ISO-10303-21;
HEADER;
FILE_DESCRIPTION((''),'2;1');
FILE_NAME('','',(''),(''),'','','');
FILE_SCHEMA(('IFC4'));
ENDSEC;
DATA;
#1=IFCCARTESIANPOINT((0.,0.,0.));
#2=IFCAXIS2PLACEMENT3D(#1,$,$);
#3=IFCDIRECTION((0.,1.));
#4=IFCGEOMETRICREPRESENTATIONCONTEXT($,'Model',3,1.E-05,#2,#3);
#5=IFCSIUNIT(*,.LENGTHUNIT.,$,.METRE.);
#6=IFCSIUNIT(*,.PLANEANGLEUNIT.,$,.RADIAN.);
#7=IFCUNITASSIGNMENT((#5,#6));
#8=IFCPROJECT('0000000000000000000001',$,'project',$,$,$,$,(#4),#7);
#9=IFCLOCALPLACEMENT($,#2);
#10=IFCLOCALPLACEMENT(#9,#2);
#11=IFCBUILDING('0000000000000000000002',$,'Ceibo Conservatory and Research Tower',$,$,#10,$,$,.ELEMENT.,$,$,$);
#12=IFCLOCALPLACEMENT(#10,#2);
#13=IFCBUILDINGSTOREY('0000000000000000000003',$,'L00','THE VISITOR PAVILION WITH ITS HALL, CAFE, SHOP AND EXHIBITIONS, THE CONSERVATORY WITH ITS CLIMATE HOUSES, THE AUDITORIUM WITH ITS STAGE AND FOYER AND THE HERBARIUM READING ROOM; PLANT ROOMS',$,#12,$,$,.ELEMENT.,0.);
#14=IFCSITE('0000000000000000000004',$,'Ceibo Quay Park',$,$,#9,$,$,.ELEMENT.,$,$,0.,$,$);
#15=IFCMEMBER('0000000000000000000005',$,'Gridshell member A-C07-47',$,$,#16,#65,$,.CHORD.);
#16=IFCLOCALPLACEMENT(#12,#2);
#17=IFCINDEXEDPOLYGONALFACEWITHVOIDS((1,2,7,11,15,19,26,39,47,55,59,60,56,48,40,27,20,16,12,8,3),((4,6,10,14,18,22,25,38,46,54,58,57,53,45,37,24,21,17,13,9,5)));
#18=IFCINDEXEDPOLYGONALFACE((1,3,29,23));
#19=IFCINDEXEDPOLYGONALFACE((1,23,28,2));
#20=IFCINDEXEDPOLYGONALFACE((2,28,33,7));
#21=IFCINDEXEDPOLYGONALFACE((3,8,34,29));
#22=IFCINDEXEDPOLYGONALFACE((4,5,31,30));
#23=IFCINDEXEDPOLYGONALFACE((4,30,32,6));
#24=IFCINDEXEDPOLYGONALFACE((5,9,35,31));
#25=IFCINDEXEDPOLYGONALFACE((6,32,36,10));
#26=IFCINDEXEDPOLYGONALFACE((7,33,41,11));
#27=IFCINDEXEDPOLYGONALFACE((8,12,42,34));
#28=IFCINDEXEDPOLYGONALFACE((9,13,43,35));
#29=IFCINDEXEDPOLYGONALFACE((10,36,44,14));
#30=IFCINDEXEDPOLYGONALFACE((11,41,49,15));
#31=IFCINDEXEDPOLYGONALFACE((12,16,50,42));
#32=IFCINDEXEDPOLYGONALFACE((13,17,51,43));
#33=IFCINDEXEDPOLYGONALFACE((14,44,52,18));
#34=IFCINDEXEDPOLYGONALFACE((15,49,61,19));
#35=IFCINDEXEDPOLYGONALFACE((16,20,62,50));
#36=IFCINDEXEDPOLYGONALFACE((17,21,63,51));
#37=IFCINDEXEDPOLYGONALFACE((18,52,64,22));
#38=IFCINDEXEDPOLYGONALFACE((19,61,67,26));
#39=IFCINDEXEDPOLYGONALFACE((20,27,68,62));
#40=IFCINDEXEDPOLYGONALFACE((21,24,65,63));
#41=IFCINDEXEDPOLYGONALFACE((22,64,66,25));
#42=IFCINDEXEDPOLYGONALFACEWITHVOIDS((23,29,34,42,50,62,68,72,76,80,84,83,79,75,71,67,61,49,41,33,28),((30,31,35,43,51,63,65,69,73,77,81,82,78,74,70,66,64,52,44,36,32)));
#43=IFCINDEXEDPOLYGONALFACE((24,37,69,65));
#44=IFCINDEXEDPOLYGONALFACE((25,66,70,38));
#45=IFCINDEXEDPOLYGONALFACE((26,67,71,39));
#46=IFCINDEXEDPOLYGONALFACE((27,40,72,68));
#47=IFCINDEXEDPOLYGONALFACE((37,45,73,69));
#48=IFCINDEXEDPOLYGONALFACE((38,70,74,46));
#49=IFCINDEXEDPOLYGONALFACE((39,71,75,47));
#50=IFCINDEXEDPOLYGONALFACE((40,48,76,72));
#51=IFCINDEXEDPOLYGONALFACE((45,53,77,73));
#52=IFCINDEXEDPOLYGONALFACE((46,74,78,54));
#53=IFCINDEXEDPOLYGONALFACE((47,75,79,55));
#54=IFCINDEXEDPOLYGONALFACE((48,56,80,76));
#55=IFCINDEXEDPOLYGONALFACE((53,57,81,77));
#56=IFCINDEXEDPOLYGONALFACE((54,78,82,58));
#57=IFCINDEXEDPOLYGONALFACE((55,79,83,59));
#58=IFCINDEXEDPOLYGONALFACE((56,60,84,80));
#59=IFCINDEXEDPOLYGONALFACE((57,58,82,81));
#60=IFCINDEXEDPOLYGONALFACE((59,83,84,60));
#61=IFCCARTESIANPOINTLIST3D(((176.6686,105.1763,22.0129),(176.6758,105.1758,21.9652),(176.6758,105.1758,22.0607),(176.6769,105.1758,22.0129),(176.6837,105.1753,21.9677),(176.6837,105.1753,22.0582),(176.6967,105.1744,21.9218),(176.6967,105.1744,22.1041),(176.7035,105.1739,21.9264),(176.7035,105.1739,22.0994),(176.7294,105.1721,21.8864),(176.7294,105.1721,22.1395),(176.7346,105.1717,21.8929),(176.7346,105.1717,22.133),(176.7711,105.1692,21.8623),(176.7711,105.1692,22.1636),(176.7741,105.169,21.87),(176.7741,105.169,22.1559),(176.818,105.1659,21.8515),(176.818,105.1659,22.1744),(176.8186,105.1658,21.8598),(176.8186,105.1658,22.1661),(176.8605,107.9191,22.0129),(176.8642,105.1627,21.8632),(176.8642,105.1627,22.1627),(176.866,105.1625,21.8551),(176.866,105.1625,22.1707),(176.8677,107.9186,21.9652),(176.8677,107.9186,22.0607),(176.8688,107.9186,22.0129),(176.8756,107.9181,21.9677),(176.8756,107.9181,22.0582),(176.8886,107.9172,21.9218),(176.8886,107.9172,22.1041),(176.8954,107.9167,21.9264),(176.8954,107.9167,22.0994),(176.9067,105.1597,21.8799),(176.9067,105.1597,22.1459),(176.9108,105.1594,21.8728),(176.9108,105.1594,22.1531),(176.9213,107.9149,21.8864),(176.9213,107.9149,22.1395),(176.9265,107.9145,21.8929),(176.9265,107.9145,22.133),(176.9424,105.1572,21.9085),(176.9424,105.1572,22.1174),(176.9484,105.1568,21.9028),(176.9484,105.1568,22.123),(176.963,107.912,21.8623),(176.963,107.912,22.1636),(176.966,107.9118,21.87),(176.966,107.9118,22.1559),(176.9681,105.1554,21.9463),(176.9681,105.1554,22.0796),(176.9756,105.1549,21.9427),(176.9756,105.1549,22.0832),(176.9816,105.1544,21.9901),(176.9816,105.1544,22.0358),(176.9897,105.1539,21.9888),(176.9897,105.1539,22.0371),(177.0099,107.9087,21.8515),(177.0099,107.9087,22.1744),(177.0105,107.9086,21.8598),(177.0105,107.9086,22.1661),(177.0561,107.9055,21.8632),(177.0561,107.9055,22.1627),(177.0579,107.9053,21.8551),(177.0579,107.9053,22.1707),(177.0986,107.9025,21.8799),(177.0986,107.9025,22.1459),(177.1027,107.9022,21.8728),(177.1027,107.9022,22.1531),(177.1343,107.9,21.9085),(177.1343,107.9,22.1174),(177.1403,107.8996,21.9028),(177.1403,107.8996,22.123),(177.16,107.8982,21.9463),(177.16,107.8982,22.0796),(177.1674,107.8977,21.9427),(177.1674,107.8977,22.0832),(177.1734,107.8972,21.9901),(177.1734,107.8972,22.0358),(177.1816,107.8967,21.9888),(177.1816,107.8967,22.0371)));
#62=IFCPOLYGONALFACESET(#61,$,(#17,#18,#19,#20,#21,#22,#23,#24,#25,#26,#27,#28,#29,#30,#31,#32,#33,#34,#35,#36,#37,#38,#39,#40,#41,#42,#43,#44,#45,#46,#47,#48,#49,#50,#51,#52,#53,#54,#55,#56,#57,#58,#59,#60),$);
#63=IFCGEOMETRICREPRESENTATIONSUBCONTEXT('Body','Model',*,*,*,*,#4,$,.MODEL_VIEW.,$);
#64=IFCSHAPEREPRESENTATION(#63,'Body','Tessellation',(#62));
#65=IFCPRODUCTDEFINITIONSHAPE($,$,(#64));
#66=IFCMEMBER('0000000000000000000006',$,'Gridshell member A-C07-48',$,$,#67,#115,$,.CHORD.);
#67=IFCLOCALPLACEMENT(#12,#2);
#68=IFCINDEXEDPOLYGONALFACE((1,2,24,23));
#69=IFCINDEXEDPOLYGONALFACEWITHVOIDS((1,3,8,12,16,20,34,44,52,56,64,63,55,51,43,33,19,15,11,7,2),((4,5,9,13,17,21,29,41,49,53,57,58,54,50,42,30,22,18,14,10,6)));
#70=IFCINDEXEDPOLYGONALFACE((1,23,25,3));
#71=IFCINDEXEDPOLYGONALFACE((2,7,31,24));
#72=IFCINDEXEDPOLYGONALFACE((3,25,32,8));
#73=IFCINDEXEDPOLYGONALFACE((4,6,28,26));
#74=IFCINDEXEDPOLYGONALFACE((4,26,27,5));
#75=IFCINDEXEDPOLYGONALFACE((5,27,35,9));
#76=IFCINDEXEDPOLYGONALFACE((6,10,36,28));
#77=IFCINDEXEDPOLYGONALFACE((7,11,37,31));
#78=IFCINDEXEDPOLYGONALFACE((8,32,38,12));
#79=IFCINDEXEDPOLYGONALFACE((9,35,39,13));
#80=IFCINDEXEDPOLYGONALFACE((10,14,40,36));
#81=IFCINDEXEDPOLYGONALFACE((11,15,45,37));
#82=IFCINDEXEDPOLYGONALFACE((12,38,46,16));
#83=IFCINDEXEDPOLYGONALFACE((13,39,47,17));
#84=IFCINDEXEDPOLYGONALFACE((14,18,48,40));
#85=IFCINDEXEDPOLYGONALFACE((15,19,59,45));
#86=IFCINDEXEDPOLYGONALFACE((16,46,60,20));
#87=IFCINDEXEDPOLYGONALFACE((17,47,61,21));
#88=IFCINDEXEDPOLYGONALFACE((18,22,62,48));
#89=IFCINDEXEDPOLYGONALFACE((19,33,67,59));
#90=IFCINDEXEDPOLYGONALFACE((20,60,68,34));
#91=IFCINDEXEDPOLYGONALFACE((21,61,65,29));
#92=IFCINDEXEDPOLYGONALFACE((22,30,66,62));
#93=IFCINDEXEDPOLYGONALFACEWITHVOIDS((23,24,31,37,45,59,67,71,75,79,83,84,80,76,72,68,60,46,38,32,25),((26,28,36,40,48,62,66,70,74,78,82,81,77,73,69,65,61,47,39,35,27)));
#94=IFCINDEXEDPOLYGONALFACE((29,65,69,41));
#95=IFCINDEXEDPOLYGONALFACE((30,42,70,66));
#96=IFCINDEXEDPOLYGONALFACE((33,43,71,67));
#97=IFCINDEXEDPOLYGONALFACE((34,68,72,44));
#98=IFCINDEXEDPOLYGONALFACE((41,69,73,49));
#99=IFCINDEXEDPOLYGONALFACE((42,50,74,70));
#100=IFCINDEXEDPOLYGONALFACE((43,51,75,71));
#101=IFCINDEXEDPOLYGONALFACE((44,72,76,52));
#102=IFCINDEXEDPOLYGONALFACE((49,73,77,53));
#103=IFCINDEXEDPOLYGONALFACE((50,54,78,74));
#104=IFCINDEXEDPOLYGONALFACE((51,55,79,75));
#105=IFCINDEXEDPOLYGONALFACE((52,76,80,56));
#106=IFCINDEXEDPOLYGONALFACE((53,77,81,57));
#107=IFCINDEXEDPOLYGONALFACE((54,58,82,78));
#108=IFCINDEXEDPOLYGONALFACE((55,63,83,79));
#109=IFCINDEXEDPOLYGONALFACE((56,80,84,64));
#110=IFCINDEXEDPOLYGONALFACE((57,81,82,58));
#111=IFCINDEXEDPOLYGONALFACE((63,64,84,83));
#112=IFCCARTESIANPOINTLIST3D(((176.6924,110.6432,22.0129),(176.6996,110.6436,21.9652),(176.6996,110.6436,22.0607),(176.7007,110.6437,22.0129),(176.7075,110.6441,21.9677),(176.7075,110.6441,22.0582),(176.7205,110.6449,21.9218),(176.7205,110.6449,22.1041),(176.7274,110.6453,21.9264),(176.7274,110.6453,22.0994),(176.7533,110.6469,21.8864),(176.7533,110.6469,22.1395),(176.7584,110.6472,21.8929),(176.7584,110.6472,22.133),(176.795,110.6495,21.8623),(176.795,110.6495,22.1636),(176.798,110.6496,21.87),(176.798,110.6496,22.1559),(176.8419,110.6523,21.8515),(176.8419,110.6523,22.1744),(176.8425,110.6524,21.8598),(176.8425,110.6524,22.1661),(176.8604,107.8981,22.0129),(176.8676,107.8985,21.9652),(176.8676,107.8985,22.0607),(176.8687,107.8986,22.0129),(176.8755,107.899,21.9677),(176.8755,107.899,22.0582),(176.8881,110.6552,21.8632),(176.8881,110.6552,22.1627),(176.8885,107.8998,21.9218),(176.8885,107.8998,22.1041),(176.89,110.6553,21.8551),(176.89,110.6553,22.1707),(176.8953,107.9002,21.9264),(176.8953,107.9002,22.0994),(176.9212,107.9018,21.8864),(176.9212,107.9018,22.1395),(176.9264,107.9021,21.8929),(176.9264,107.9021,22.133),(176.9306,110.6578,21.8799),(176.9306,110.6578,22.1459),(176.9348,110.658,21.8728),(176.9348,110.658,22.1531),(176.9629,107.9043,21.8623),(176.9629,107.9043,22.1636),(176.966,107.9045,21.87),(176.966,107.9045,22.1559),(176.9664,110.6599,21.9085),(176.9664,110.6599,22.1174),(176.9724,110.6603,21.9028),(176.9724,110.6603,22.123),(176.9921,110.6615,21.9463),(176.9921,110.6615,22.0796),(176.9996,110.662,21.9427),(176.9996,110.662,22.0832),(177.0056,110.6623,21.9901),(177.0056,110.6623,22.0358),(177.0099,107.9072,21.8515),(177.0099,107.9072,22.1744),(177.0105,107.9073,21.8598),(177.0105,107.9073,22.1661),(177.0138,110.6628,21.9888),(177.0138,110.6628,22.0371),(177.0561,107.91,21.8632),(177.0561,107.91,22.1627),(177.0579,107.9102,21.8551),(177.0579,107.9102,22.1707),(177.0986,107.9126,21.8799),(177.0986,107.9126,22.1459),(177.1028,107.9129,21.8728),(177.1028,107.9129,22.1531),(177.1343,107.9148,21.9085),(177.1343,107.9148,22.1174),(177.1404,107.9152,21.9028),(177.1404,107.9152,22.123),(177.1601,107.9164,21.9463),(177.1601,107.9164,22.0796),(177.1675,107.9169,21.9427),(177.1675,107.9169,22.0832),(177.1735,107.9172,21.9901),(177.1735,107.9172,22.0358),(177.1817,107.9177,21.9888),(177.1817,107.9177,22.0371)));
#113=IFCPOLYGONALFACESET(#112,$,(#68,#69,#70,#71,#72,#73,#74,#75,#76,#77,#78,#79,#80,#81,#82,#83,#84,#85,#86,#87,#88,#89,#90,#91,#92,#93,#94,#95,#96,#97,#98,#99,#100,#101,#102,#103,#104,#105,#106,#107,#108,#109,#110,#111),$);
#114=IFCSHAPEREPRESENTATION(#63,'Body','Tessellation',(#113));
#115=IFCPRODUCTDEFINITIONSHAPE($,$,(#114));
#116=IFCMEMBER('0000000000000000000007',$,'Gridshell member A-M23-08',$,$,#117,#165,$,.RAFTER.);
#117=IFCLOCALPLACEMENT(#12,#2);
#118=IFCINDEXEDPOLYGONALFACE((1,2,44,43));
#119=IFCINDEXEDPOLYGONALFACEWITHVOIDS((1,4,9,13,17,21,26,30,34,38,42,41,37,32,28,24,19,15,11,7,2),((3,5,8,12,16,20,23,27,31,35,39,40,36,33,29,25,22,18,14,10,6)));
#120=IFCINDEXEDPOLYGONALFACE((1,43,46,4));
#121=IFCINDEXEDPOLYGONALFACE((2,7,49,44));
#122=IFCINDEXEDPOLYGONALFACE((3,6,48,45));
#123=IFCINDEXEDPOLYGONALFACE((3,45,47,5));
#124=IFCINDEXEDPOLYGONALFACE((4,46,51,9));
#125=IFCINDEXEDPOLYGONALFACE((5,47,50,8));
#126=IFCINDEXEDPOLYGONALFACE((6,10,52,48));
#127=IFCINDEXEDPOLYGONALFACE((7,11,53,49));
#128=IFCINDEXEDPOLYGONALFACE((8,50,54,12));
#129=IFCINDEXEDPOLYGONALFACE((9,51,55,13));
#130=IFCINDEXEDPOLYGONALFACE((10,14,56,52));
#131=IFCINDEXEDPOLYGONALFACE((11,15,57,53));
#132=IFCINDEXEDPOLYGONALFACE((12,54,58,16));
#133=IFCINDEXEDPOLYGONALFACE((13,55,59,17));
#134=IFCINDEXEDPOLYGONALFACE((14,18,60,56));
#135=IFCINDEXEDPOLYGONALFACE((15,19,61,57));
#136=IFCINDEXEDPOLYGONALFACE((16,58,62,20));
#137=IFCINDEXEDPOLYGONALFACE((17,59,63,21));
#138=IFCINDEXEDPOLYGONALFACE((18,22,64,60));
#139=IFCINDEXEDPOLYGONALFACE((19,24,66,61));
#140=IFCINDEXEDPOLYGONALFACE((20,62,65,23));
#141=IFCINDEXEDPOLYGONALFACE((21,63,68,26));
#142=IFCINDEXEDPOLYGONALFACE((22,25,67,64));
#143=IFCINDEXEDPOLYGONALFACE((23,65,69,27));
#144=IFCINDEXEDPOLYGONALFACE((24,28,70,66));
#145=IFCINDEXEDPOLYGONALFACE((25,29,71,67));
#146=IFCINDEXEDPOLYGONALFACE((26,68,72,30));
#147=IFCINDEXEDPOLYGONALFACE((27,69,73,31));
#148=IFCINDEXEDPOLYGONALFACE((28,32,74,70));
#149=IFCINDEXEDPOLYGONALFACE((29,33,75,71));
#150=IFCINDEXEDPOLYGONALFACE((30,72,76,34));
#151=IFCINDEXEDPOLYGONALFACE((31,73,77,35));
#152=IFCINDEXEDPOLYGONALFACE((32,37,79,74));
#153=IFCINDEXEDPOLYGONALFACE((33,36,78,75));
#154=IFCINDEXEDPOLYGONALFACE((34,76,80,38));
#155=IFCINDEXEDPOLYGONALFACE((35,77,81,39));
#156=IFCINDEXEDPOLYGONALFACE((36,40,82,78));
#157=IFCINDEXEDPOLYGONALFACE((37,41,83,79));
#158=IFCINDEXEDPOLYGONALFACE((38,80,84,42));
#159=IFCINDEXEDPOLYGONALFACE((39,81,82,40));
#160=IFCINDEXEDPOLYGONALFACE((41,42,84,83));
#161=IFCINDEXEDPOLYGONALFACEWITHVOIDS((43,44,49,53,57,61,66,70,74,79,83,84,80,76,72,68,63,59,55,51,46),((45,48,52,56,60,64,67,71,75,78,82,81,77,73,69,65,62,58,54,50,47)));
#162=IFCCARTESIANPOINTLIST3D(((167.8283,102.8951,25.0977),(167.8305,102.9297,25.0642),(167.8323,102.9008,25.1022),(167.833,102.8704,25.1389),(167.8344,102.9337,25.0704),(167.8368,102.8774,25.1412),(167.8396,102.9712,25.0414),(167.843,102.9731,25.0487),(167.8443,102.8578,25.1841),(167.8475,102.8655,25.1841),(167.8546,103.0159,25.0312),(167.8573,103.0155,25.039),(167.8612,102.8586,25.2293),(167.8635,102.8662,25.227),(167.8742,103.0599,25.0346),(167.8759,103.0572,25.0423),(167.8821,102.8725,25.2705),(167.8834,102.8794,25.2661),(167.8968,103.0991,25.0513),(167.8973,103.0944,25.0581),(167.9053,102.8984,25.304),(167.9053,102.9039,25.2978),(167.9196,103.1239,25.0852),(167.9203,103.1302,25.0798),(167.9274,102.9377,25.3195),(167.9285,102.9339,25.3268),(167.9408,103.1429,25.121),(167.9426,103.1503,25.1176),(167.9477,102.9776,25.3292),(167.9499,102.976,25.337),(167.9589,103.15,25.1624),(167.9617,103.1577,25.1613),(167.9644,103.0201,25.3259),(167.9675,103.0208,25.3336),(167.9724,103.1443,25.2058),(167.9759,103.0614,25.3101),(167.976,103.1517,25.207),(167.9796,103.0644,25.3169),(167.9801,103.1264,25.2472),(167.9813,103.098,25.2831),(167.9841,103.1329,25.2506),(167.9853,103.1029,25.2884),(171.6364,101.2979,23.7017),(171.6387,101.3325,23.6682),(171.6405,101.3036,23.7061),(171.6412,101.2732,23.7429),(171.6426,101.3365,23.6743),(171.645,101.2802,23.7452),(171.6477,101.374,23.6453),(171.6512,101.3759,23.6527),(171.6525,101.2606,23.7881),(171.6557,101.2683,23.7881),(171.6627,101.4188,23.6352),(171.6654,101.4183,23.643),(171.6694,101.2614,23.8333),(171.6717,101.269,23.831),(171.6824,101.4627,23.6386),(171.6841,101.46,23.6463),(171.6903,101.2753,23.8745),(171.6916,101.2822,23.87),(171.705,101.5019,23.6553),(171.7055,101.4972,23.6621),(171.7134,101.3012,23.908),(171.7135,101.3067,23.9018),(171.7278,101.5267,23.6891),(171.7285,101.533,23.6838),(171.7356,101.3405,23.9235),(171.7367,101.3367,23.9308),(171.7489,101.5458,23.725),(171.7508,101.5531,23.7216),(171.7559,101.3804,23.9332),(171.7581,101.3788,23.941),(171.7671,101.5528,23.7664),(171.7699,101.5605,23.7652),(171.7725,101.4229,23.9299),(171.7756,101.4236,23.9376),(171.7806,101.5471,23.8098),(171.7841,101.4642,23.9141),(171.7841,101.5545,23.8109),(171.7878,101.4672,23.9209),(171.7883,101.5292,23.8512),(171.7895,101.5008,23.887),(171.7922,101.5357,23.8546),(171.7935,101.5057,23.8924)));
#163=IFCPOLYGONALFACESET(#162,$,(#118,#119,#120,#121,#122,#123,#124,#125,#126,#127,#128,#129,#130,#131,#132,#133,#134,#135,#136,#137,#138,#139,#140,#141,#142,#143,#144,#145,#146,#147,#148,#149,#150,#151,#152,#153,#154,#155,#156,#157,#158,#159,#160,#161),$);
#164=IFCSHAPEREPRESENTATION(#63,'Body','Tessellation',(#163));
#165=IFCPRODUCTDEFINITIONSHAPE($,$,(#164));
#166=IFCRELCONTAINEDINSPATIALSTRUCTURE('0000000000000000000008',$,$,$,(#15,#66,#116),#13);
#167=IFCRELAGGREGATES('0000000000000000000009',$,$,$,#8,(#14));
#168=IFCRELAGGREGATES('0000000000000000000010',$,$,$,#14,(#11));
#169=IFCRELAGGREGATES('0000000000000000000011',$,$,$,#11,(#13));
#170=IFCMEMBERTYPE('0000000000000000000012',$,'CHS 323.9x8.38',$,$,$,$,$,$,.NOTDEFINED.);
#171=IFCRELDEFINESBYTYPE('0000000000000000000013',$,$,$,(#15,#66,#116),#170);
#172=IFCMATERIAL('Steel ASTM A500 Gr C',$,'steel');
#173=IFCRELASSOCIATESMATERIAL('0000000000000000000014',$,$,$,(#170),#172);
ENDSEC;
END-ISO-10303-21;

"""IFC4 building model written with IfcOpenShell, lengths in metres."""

from ifc_helpers import new_model, si_unit, direction, frame, origin, origin_2d, place, context, subcontext, project, spatial, hollow_circle, extrude, material, material_profile, profile_set, type_object, element, save


model = new_model("IFC4")

# Units and contexts
model_context = context("Model", 3, precision=1e-05, world=origin(), true_north=direction((0.0, 1.0)))
body_context = subcontext(model_context, "Body", "Model", "MODEL_VIEW")
ifc_project = project(units=[si_unit("LENGTHUNIT", "METRE"), si_unit("PLANEANGLEUNIT", "RADIAN")], contexts=[model_context])

# Site, building, storey
site_placement = place(None, origin())
site = spatial("IfcSite", under=ifc_project, at=site_placement, Name="Ceibo Quay Park", CompositionType="ELEMENT", RefElevation=0.0)
building_placement = place(site_placement, origin())
building = spatial("IfcBuilding", under=site, at=building_placement, Name="Ceibo Conservatory and Research Tower", CompositionType="ELEMENT")
storey_placement = place(building_placement, origin())
storey = spatial("IfcBuildingStorey", under=building, at=storey_placement, Name="L00", Description="THE VISITOR PAVILION WITH ITS HALL, CAFE, SHOP AND EXHIBITIONS, THE CONSERVATORY WITH ITS CLIMATE HOUSES, THE AUDITORIUM WITH ITS STAGE AND FOYER AND THE HERBARIUM READING ROOM; PLANT ROOMS", CompositionType="ELEMENT", Elevation=0.0)

# Members
ifc_material_1 = material(Name="Steel ASTM A500 Gr C", Category="steel")
ifc_material_profile_1 = material_profile(ifc_material_1, hollow_circle(Radius=0.1619, WallThickness=0.0083, at=origin_2d()), Name="CHS 323.9x8.38")
ifc_profile_set_1 = profile_set([ifc_material_profile_1], Name="Steel ASTM A500 Gr C")
member_type_1 = type_object("IfcMemberType", Name="CHS 323.9x8.38", PredefinedType="NOTDEFINED", material=ifc_profile_set_1)
member_1_placement = place(storey_placement, frame((176.8301, 105.165, 22.0129), z_axis=(0.069789, 0.997562, 0.0), x_axis=(-0.997562, 0.069789, 0.0)))
element("IfcMember", 1, at=member_1_placement, inside=storey, type_object=member_type_1, Name="Gridshell member A-C07-47", PredefinedType="CHORD", context=body_context, shape_type="SweptSolid", body=[
    extrude(hollow_circle(Radius=0.1619, WallThickness=0.0083, at=origin_2d()), origin(), (0.0, 0.0, 1.0), 2.7495),
])
member_2_placement = place(storey_placement, frame((177.022, 107.908, 22.0129), z_axis=(-0.061074, 0.998133, 0.0), x_axis=(-0.998133, -0.061074, 0.0)))
element("IfcMember", 2, at=member_2_placement, inside=storey, type_object=member_type_1, Name="Gridshell member A-C07-48", PredefinedType="CHORD", context=body_context, shape_type="SweptSolid", body=[
    extrude(hollow_circle(Radius=0.1619, WallThickness=0.0083, at=origin_2d()), origin(), (0.0, 0.0, 1.0), 2.7502),
])
member_3_placement = place(storey_placement, frame((171.7151, 101.4099, 23.7881), z_axis=(-0.873607, 0.366402, 0.320252), x_axis=(-0.386772, -0.922175, 0.0)))
element("IfcMember", 3, at=member_3_placement, inside=storey, type_object=member_type_1, Name="Gridshell member A-M23-08", PredefinedType="RAFTER", context=body_context, shape_type="SweptSolid", body=[
    extrude(hollow_circle(Radius=0.1619, WallThickness=0.0083, at=origin_2d()), origin(), (0.0, 0.0, 1.0), 4.3591),
])

save(model, "model.ifc")
